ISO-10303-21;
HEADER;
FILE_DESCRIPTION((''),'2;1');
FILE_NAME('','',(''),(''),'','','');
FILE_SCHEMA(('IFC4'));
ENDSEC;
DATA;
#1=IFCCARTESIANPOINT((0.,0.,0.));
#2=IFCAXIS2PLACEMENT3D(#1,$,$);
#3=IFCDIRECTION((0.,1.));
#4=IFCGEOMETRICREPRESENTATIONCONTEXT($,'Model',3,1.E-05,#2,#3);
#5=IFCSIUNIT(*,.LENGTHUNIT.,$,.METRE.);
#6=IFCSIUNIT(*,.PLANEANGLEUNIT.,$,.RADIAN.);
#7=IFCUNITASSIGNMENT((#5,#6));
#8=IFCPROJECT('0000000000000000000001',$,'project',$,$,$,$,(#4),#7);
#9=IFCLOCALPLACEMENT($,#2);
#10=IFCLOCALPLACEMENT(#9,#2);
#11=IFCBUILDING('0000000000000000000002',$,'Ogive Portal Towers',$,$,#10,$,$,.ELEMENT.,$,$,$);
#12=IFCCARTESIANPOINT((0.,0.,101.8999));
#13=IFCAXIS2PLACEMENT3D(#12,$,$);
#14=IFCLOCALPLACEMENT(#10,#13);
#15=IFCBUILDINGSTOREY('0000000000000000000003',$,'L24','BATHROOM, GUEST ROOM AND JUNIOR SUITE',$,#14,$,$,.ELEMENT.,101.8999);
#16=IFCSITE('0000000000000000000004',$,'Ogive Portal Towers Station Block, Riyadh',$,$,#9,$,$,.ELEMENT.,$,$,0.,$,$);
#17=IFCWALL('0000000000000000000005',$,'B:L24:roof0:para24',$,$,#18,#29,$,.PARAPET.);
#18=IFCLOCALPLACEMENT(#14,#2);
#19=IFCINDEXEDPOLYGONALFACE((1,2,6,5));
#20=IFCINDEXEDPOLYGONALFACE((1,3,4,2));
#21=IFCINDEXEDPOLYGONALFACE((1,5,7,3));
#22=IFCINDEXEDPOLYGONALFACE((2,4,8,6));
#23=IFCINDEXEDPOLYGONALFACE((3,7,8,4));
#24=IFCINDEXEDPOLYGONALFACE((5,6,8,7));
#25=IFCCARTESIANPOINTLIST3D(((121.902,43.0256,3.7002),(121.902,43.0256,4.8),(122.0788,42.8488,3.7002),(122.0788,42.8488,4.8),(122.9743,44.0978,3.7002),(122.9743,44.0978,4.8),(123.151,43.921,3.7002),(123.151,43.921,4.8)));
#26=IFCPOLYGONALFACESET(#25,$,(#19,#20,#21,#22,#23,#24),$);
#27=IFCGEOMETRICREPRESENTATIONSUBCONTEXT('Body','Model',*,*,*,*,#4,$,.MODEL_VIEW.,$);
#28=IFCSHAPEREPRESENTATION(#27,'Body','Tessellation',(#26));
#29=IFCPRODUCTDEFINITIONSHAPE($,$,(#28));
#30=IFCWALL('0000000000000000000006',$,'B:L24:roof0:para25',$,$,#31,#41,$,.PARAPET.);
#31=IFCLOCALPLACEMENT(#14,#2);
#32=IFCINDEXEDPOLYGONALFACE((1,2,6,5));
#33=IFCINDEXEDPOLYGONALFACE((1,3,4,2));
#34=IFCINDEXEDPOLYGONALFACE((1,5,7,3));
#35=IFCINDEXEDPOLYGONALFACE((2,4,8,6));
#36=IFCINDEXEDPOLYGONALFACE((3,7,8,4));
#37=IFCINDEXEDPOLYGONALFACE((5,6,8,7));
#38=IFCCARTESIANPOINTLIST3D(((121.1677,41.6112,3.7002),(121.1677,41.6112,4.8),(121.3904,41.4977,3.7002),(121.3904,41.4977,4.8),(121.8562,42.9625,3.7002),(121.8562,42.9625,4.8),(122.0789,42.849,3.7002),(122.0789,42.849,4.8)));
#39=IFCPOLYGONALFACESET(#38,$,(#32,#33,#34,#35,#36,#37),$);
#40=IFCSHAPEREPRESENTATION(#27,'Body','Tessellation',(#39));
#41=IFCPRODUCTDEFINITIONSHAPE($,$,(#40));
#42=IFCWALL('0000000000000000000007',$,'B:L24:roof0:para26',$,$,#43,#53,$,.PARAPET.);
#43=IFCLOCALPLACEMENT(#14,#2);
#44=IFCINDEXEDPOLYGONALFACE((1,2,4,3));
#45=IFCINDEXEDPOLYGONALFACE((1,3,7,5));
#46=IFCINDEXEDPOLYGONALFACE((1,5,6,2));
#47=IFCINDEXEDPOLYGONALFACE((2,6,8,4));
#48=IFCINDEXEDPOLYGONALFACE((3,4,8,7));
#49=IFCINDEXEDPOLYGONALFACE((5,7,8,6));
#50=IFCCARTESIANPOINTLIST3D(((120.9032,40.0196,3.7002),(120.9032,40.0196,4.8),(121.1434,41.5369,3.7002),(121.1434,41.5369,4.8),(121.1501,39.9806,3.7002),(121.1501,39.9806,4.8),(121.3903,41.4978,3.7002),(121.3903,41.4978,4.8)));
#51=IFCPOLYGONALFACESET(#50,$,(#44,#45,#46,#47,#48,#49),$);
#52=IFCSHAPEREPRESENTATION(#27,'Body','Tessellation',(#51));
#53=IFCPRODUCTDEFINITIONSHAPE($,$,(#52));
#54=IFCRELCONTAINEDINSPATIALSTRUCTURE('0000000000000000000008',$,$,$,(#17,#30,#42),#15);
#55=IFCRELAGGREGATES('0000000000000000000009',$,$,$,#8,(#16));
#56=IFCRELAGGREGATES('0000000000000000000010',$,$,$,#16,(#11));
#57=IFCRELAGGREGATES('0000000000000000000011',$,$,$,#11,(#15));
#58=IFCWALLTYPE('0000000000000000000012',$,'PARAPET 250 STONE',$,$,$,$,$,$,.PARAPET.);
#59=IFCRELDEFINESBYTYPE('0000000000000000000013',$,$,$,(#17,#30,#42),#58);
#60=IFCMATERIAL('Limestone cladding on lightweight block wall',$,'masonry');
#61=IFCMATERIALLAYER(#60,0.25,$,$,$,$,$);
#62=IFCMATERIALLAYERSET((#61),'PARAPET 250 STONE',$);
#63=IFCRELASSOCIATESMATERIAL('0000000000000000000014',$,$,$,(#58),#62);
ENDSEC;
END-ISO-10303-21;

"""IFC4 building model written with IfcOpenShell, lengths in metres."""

from ifc_helpers import new_model, si_unit, direction, frame, frame_2d, origin, place, context, subcontext, project, spatial, rectangle, extrude, material, layer, layer_set, type_object, element, save


model = new_model("IFC4")

# Units and contexts
model_context = context("Model", 3, precision=1e-05, world=origin(), true_north=direction((0.0, 1.0)))
body_context = subcontext(model_context, "Body", "Model", "MODEL_VIEW")
ifc_project = project(units=[si_unit("LENGTHUNIT", "METRE"), si_unit("PLANEANGLEUNIT", "RADIAN")], contexts=[model_context])

# Site, building, storey
site_placement = place(None, origin())
site = spatial("IfcSite", under=ifc_project, at=site_placement, Name="Ogive Portal Towers Station Block, Riyadh", CompositionType="ELEMENT", RefElevation=0.0)
building_placement = place(site_placement, origin())
building = spatial("IfcBuilding", under=site, at=building_placement, Name="Ogive Portal Towers", CompositionType="ELEMENT")
storey_placement = place(building_placement, frame((0.0, 0.0, 101.8999)))
storey = spatial("IfcBuildingStorey", under=building, at=storey_placement, Name="L24", Description="BATHROOM, GUEST ROOM AND JUNIOR SUITE", CompositionType="ELEMENT", Elevation=101.8999)

# Walls
ifc_material_1 = material(Name="Limestone cladding on lightweight block wall", Category="masonry")
ifc_layer_1 = layer(ifc_material_1, 0.25)
ifc_layer_set_1 = layer_set([ifc_layer_1], Name="PARAPET 250 STONE")
wall_type = type_object("IfcWallType", Name="PARAPET 250 STONE", PredefinedType="PARAPET", material=ifc_layer_set_1)
wall_1_placement = place(storey_placement, frame((123.0627, 44.0095, 3.7002), z_axis=(0.0, 0.0, 1.0), x_axis=(-0.707107, -0.707107, 0.0)))
element("IfcWall", 1, at=wall_1_placement, inside=storey, type_object=wall_type, Name="B:L24:roof0:para24", PredefinedType="PARAPET", context=body_context, shape_type="SweptSolid", body=[
    extrude(rectangle(XDim=1.5164, YDim=0.25, at=frame_2d((0.7583, 0.0))), origin(), (0.0, 0.0, 1.0), 1.0999),
])
wall_2_placement = place(storey_placement, frame((121.9675, 42.9058, 3.7002), z_axis=(0.0, 0.0, 1.0), x_axis=(-0.453962, -0.891021, 0.0)))
element("IfcWall", 2, at=wall_2_placement, inside=storey, type_object=wall_type, Name="B:L24:roof0:para25", PredefinedType="PARAPET", context=body_context, shape_type="SweptSolid", body=[
    extrude(rectangle(XDim=1.5166, YDim=0.25, at=frame_2d((0.7583, 0.0))), origin(), (0.0, 0.0, 1.0), 1.0999),
])
wall_3_placement = place(storey_placement, frame((121.2668, 41.5173, 3.7002), z_axis=(0.0, 0.0, 1.0), x_axis=(-0.156379, -0.987697, 0.0)))
element("IfcWall", 3, at=wall_3_placement, inside=storey, type_object=wall_type, Name="B:L24:roof0:para26", PredefinedType="PARAPET", context=body_context, shape_type="SweptSolid", body=[
    extrude(rectangle(XDim=1.5361, YDim=0.25, at=frame_2d((0.7681, 0.0))), origin(), (0.0, 0.0, 1.0), 1.0999),
])

save(model, "model.ifc")
